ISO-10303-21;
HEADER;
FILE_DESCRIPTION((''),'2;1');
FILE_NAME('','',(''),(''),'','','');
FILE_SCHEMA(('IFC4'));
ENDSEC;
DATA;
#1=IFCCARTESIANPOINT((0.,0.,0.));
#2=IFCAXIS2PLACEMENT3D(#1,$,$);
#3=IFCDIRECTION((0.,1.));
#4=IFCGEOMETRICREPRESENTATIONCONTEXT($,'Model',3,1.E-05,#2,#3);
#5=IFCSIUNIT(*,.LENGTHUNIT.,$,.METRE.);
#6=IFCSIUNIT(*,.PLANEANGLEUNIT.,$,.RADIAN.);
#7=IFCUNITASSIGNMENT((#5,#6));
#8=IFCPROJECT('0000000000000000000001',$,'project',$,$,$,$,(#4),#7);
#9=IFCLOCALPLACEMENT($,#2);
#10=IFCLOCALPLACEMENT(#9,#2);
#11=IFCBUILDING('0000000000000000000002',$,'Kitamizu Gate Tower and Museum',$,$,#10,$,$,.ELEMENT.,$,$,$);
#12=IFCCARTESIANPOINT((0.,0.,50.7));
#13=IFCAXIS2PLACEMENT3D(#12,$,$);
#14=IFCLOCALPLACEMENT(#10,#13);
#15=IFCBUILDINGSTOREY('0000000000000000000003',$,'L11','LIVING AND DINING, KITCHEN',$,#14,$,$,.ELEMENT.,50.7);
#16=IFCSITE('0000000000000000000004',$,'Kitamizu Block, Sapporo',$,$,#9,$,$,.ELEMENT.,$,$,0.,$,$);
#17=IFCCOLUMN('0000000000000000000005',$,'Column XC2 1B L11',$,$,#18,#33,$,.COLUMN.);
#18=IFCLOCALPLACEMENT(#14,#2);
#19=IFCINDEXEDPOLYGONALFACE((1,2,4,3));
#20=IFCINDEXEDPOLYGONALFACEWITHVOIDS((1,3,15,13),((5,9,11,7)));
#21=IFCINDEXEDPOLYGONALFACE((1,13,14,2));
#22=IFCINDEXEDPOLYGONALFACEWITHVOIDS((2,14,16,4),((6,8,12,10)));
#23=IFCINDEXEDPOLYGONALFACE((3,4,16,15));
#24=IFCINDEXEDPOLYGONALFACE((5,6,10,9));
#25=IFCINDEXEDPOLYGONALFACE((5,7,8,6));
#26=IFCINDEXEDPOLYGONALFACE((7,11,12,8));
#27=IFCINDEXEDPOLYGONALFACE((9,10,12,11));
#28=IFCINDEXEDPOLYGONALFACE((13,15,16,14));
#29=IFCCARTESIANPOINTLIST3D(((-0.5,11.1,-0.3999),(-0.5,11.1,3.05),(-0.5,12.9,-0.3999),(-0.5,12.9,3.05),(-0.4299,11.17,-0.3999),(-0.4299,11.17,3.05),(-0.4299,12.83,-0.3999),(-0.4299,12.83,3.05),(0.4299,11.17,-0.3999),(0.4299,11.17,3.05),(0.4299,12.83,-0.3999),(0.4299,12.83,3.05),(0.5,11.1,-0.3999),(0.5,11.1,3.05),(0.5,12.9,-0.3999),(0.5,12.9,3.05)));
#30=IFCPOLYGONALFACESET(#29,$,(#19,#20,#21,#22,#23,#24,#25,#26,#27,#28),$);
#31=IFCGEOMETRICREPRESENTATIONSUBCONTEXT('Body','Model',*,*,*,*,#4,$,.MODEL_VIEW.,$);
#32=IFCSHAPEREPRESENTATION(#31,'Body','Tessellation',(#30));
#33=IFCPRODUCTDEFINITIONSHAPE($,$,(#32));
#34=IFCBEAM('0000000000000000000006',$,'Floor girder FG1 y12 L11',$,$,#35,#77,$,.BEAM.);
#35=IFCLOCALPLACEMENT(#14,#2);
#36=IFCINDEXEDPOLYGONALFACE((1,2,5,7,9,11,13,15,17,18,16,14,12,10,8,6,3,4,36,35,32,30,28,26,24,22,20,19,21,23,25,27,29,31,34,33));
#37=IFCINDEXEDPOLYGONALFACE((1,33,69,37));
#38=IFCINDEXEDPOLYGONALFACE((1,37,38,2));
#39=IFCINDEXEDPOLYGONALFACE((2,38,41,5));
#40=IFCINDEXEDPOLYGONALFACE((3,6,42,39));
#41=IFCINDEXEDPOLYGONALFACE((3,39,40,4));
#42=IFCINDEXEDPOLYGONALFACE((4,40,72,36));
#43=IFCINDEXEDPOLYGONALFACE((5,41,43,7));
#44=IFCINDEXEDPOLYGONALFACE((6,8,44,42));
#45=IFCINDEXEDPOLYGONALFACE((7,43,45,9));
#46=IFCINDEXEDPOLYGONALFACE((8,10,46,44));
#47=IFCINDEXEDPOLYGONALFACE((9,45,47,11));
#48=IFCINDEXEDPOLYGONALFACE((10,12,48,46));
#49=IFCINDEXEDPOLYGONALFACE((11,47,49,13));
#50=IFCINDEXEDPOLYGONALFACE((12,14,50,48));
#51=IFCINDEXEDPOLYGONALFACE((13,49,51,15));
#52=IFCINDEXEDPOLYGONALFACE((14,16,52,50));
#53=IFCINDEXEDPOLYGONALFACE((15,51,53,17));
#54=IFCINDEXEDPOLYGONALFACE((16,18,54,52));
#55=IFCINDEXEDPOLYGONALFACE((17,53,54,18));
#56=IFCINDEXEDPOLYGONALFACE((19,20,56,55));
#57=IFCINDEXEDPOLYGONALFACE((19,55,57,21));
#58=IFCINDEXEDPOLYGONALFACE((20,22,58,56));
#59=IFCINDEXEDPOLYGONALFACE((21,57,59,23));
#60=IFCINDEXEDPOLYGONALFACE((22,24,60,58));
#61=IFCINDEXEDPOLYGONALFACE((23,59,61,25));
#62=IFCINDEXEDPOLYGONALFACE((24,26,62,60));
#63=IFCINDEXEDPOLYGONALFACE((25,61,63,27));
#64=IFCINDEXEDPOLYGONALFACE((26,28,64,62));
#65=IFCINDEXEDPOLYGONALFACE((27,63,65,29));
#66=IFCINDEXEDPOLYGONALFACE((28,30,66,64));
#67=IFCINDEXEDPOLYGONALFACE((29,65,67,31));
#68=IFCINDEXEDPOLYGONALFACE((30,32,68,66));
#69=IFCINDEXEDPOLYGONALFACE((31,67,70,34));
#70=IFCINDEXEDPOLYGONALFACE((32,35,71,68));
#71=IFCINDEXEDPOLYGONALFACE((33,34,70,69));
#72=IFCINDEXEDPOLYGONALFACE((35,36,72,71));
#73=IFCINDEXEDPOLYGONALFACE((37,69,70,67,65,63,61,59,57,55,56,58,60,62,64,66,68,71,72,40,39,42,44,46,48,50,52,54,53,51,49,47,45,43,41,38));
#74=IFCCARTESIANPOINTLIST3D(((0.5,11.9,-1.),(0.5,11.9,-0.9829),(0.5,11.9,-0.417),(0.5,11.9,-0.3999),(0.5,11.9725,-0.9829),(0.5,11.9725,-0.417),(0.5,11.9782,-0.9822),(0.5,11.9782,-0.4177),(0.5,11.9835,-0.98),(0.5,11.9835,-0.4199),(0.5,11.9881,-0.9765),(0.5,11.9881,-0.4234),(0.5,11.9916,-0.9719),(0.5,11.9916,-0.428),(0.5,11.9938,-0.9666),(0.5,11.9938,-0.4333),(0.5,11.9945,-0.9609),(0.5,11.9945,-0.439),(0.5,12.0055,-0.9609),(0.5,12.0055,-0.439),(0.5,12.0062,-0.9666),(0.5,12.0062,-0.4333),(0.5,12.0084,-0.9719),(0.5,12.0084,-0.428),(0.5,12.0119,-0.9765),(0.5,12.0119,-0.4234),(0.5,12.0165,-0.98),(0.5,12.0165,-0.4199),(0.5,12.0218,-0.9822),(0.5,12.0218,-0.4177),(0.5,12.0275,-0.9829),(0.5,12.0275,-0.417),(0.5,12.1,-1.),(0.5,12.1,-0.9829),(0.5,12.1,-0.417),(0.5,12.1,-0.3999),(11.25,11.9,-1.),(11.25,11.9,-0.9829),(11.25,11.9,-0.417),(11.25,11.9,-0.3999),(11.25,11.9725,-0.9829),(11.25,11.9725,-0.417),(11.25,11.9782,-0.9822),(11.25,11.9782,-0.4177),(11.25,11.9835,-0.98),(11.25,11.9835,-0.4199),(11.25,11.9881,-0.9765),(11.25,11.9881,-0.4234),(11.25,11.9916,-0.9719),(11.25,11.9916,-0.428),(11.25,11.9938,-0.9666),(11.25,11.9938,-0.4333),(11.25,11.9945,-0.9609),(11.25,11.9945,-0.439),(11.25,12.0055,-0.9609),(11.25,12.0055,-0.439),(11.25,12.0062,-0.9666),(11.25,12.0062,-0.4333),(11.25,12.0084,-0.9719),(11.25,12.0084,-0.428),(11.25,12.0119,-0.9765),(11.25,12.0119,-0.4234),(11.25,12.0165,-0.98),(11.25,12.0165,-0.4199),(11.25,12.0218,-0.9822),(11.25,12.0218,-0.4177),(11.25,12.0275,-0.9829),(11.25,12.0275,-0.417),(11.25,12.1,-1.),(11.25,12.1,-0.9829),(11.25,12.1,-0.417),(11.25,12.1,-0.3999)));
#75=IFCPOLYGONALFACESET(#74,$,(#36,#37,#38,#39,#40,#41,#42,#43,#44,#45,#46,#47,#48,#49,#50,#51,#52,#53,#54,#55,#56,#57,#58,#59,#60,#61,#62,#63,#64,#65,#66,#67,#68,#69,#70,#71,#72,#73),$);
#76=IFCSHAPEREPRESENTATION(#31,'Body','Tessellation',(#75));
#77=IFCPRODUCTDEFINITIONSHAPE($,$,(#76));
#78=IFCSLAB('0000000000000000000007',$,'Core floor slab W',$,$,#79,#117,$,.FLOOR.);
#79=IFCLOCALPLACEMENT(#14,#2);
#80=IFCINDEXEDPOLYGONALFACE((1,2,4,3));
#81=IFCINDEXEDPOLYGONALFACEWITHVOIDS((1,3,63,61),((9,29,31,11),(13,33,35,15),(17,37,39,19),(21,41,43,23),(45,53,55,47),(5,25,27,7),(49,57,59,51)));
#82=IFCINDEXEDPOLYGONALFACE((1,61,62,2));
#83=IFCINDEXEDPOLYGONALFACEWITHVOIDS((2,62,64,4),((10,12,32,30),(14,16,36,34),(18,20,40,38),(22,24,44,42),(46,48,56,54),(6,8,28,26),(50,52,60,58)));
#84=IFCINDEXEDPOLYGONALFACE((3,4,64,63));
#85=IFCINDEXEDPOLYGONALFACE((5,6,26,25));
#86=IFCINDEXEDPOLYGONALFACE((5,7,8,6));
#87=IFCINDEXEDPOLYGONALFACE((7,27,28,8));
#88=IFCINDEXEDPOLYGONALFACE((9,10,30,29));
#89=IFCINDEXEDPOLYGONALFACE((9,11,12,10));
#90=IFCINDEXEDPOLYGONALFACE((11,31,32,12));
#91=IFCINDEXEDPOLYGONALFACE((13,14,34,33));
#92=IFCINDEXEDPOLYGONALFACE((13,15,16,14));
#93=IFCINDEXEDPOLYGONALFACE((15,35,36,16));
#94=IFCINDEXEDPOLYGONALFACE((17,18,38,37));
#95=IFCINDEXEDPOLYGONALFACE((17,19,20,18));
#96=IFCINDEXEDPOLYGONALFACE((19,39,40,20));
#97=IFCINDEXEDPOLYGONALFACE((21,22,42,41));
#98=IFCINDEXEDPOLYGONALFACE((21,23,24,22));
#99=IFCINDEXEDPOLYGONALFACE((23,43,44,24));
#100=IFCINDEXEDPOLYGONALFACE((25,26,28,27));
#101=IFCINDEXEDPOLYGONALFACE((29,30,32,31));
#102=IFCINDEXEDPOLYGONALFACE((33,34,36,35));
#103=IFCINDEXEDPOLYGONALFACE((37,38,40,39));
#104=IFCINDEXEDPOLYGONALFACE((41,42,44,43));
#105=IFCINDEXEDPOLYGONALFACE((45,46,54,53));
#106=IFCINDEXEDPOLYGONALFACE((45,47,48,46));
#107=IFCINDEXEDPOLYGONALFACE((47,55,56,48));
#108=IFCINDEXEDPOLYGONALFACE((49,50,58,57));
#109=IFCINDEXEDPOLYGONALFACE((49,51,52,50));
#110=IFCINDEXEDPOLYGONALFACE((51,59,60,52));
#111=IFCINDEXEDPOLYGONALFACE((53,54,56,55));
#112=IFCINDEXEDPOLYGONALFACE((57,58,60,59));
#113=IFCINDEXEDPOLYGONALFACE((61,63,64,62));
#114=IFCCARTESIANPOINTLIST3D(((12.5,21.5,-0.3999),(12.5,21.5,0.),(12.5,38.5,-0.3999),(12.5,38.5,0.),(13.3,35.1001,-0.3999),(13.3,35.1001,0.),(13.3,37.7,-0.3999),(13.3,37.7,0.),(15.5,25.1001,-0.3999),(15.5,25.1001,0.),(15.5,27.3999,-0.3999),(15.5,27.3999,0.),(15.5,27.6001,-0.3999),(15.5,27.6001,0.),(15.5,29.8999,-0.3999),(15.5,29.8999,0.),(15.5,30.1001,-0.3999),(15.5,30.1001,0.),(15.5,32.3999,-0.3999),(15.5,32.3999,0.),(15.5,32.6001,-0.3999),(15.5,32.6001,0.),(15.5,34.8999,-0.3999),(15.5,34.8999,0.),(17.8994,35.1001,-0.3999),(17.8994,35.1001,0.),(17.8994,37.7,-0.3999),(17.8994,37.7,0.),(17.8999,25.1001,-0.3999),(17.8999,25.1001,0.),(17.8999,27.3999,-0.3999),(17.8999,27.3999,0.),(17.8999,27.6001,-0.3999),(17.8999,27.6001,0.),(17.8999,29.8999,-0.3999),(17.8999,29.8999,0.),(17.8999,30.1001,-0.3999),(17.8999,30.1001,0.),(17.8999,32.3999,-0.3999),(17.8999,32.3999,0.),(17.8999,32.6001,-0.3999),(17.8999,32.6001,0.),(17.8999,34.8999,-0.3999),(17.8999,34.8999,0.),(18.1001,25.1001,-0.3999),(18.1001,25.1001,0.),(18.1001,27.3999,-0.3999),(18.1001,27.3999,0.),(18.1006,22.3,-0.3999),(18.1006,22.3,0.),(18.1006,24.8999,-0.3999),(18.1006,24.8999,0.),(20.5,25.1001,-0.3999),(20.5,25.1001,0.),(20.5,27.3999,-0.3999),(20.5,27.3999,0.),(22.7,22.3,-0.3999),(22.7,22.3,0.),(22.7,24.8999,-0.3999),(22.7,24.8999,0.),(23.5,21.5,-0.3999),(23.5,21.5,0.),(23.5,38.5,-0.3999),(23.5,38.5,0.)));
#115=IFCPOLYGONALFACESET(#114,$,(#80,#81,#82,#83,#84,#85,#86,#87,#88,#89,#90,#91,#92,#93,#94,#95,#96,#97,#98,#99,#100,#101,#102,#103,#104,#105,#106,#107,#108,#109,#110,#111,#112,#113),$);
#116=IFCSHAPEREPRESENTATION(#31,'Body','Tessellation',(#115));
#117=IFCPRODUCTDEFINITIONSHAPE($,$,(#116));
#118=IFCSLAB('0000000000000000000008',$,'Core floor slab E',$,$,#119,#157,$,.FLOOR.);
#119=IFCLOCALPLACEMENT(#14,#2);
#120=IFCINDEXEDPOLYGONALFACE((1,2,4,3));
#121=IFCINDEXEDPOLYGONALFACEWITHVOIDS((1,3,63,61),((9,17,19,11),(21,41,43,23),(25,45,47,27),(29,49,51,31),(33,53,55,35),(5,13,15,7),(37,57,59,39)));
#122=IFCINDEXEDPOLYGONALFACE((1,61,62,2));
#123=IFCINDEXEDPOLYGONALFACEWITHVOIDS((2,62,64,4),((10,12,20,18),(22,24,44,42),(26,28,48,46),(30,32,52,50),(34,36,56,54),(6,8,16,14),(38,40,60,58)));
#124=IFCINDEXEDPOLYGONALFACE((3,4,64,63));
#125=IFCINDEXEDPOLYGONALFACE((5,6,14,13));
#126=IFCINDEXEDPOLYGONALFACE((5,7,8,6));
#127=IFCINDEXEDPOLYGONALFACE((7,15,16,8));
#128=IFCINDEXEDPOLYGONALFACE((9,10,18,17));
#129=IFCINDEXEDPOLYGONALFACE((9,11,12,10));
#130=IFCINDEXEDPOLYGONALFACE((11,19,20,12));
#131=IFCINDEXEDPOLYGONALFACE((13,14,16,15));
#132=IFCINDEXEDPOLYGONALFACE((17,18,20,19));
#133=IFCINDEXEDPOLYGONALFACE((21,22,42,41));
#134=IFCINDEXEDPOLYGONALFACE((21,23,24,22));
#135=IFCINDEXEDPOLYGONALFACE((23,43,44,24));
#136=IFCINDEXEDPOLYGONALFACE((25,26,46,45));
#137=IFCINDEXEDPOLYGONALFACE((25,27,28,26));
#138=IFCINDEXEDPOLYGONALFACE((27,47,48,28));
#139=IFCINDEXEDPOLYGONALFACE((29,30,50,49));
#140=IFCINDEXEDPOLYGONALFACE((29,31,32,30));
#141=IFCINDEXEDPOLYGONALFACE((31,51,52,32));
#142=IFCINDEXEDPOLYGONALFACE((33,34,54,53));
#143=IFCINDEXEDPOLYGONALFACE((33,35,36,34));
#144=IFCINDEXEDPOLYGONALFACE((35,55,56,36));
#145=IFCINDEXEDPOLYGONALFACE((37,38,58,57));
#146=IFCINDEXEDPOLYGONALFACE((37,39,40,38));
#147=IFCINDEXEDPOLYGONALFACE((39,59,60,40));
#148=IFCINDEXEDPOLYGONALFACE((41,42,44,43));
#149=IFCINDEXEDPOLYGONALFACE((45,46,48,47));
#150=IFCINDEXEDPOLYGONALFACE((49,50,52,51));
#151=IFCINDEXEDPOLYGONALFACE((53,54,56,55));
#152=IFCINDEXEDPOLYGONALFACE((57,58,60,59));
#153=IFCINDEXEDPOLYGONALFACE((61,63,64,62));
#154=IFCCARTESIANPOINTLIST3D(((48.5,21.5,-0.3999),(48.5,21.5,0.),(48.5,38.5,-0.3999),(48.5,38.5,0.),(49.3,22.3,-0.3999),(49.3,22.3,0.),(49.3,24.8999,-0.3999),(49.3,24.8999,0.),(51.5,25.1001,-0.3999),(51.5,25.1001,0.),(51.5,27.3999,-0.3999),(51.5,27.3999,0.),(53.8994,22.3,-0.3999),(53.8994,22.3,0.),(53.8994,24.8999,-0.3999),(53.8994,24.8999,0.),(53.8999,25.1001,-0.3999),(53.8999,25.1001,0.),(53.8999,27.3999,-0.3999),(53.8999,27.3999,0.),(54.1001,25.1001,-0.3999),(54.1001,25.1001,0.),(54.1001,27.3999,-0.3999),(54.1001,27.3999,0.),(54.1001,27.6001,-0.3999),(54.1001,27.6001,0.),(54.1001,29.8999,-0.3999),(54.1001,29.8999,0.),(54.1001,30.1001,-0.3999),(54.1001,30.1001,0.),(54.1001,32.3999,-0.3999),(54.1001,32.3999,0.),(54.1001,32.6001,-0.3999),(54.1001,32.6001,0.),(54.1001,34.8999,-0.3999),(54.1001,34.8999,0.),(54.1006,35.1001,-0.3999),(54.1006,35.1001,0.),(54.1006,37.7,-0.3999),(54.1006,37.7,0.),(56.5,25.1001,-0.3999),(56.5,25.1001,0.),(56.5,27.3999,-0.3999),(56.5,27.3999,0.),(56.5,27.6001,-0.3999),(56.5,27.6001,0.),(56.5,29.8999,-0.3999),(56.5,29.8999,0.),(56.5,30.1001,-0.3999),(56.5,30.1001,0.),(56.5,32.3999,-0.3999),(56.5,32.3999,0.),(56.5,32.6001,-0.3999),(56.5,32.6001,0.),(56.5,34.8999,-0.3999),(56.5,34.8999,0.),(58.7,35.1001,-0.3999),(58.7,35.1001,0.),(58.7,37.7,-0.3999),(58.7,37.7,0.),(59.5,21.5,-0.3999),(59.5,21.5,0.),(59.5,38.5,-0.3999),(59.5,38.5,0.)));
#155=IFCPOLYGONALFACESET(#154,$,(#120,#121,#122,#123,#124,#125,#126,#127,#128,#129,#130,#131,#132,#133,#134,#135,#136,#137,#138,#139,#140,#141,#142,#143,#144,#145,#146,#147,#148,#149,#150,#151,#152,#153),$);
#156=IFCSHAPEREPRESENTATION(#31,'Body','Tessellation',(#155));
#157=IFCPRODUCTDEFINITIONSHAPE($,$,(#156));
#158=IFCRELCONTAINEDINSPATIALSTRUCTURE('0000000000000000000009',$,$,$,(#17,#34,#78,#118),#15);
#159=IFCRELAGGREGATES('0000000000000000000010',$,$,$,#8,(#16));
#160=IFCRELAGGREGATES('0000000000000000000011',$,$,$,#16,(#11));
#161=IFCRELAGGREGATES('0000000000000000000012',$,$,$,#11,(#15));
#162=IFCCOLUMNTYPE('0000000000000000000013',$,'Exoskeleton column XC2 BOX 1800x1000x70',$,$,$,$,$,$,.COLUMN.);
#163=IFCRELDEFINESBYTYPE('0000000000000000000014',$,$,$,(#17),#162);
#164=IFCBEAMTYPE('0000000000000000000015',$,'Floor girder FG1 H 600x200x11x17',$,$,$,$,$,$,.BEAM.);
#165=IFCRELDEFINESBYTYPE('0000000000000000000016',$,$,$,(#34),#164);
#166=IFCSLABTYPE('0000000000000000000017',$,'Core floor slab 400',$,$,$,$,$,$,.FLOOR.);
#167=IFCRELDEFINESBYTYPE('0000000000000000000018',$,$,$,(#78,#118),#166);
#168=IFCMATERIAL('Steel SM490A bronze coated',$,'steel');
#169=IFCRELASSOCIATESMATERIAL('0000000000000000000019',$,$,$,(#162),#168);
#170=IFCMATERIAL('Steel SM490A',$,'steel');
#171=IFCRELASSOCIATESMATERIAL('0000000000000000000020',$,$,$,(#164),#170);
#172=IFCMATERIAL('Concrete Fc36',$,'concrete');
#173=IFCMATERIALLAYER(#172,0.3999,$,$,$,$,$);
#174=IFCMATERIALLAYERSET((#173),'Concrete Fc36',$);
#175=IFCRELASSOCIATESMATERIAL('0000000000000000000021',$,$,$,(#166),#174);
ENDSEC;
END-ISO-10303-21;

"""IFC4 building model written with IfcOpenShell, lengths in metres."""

from ifc_helpers import new_model, si_unit, direction, frame, origin, origin_2d, place, context, subcontext, project, spatial, polyline, hollow_rectangle, i_section, outline, extrude, material, layer, layer_set, material_profile, profile_set, type_object, element, save


model = new_model("IFC4")

# Units and contexts
model_context = context("Model", 3, precision=1e-05, world=origin(), true_north=direction((0.0, 1.0)))
body_context = subcontext(model_context, "Body", "Model", "MODEL_VIEW")
ifc_project = project(units=[si_unit("LENGTHUNIT", "METRE"), si_unit("PLANEANGLEUNIT", "RADIAN")], contexts=[model_context])

# Site, building, storey
site_placement = place(None, origin())
site = spatial("IfcSite", under=ifc_project, at=site_placement, Name="Kitamizu Block, Sapporo", CompositionType="ELEMENT", RefElevation=0.0)
building_placement = place(site_placement, origin())
building = spatial("IfcBuilding", under=site, at=building_placement, Name="Kitamizu Gate Tower and Museum", CompositionType="ELEMENT")
storey_placement = place(building_placement, frame((0.0, 0.0, 50.7)))
storey = spatial("IfcBuildingStorey", under=building, at=storey_placement, Name="L11", Description="LIVING AND DINING, KITCHEN", CompositionType="ELEMENT", Elevation=50.7)

# Column
ifc_material_1 = material(Name="Steel SM490A bronze coated", Category="steel")
ifc_material_profile_1 = material_profile(ifc_material_1, hollow_rectangle(XDim=1.8, YDim=1.0, WallThickness=0.0701, at=origin_2d()), Name="BOX 1800x1000x70")
ifc_profile_set_1 = profile_set([ifc_material_profile_1], Name="Steel SM490A bronze coated")
column_type = type_object("IfcColumnType", Name="Exoskeleton column XC2 BOX 1800x1000x70", PredefinedType="COLUMN", material=ifc_profile_set_1)
column_placement = place(storey_placement, frame((0.0, 12.0, -0.3999), z_axis=(0.0, 0.0, 1.0), x_axis=(0.0, 1.0, 0.0)))
element("IfcColumn", 1, at=column_placement, inside=storey, type_object=column_type, Name="Column XC2 1B L11", PredefinedType="COLUMN", context=body_context, shape_type="SweptSolid", body=[
    extrude(hollow_rectangle(XDim=1.8, YDim=1.0, WallThickness=0.0701, at=origin_2d()), origin(), (0.0, 0.0, 1.0), 3.45),
])

# Beam
ifc_material_2 = material(Name="Steel SM490A", Category="steel")
ifc_material_profile_2 = material_profile(ifc_material_2, i_section(OverallWidth=0.2, OverallDepth=0.6001, WebThickness=0.011, FlangeThickness=0.0171, FilletRadius=0.022, at=origin_2d()), Name="H-600x200x11x17")
ifc_profile_set_2 = profile_set([ifc_material_profile_2], Name="Steel SM490A")
beam_type = type_object("IfcBeamType", Name="Floor girder FG1 H 600x200x11x17", PredefinedType="BEAM", material=ifc_profile_set_2)
beam_placement = place(storey_placement, frame((0.5, 12.0, -0.7), z_axis=(1.0, 0.0, 0.0), x_axis=(0.0, 1.0, 0.0)))
element("IfcBeam", 2, at=beam_placement, inside=storey, type_object=beam_type, Name="Floor girder FG1 y12 L11", PredefinedType="BEAM", context=body_context, shape_type="SweptSolid", body=[
    extrude(i_section(OverallWidth=0.2, OverallDepth=0.6001, WebThickness=0.011, FlangeThickness=0.0171, FilletRadius=0.022, at=origin_2d()), origin(), (0.0, 0.0, 1.0), 10.75),
])

# Slabs
ifc_material_3 = material(Name="Concrete Fc36", Category="concrete")
ifc_layer_1 = layer(ifc_material_3, 0.3999)
ifc_layer_set_1 = layer_set([ifc_layer_1], Name="Concrete Fc36")
slab_type_1 = type_object("IfcSlabType", Name="Core floor slab 400", PredefinedType="FLOOR", material=ifc_layer_set_1)
slab_1_placement = place(storey_placement, frame((0.0, 0.0, -0.3999)))
element("IfcSlab", 3, at=slab_1_placement, inside=storey, type_object=slab_type_1, Name="Core floor slab W", PredefinedType="FLOOR", context=body_context, shape_type="SweptSolid", body=[
    extrude(outline(polyline([(12.5, 21.5), (23.5, 21.5), (23.5, 38.5), (12.5, 38.5), (12.5, 21.5)]), holes=[polyline([(15.5, 25.1001), (17.8999, 25.1001), (17.8999, 27.3999), (15.5, 27.3999), (15.5, 25.1001)]), polyline([(15.5, 27.6001), (17.8999, 27.6001), (17.8999, 29.8999), (15.5, 29.8999), (15.5, 27.6001)]), polyline([(15.5, 30.1001), (17.8999, 30.1001), (17.8999, 32.3999), (15.5, 32.3999), (15.5, 30.1001)]), polyline([(15.5, 32.6001), (17.8999, 32.6001), (17.8999, 34.8999), (15.5, 34.8999), (15.5, 32.6001)]), polyline([(18.1001, 25.1001), (20.5, 25.1001), (20.5, 27.3999), (18.1001, 27.3999), (18.1001, 25.1001)]), polyline([(18.1006, 22.3), (22.7, 22.3), (22.7, 24.8999), (18.1006, 24.8999), (18.1006, 22.3)]), polyline([(13.3, 35.1001), (17.8994, 35.1001), (17.8994, 37.7), (13.3, 37.7), (13.3, 35.1001)])]), origin(), (0.0, 0.0, 1.0), 0.3999),
])
slab_2_placement = place(storey_placement, frame((0.0, 0.0, -0.3999)))
element("IfcSlab", 4, at=slab_2_placement, inside=storey, type_object=slab_type_1, Name="Core floor slab E", PredefinedType="FLOOR", context=body_context, shape_type="SweptSolid", body=[
    extrude(outline(polyline([(48.5, 21.5), (59.5, 21.5), (59.5, 38.5), (48.5, 38.5), (48.5, 21.5)]), holes=[polyline([(54.1001, 25.1001), (56.5, 25.1001), (56.5, 27.3999), (54.1001, 27.3999), (54.1001, 25.1001)]), polyline([(54.1001, 27.6001), (56.5, 27.6001), (56.5, 29.8999), (54.1001, 29.8999), (54.1001, 27.6001)]), polyline([(54.1001, 30.1001), (56.5, 30.1001), (56.5, 32.3999), (54.1001, 32.3999), (54.1001, 30.1001)]), polyline([(54.1001, 32.6001), (56.5, 32.6001), (56.5, 34.8999), (54.1001, 34.8999), (54.1001, 32.6001)]), polyline([(51.5, 25.1001), (53.8999, 25.1001), (53.8999, 27.3999), (51.5, 27.3999), (51.5, 25.1001)]), polyline([(49.3, 22.3), (53.8994, 22.3), (53.8994, 24.8999), (49.3, 24.8999), (49.3, 22.3)]), polyline([(54.1006, 35.1001), (58.7, 35.1001), (58.7, 37.7), (54.1006, 37.7), (54.1006, 35.1001)])]), origin(), (0.0, 0.0, 1.0), 0.3999),
])

save(model, "model.ifc")
